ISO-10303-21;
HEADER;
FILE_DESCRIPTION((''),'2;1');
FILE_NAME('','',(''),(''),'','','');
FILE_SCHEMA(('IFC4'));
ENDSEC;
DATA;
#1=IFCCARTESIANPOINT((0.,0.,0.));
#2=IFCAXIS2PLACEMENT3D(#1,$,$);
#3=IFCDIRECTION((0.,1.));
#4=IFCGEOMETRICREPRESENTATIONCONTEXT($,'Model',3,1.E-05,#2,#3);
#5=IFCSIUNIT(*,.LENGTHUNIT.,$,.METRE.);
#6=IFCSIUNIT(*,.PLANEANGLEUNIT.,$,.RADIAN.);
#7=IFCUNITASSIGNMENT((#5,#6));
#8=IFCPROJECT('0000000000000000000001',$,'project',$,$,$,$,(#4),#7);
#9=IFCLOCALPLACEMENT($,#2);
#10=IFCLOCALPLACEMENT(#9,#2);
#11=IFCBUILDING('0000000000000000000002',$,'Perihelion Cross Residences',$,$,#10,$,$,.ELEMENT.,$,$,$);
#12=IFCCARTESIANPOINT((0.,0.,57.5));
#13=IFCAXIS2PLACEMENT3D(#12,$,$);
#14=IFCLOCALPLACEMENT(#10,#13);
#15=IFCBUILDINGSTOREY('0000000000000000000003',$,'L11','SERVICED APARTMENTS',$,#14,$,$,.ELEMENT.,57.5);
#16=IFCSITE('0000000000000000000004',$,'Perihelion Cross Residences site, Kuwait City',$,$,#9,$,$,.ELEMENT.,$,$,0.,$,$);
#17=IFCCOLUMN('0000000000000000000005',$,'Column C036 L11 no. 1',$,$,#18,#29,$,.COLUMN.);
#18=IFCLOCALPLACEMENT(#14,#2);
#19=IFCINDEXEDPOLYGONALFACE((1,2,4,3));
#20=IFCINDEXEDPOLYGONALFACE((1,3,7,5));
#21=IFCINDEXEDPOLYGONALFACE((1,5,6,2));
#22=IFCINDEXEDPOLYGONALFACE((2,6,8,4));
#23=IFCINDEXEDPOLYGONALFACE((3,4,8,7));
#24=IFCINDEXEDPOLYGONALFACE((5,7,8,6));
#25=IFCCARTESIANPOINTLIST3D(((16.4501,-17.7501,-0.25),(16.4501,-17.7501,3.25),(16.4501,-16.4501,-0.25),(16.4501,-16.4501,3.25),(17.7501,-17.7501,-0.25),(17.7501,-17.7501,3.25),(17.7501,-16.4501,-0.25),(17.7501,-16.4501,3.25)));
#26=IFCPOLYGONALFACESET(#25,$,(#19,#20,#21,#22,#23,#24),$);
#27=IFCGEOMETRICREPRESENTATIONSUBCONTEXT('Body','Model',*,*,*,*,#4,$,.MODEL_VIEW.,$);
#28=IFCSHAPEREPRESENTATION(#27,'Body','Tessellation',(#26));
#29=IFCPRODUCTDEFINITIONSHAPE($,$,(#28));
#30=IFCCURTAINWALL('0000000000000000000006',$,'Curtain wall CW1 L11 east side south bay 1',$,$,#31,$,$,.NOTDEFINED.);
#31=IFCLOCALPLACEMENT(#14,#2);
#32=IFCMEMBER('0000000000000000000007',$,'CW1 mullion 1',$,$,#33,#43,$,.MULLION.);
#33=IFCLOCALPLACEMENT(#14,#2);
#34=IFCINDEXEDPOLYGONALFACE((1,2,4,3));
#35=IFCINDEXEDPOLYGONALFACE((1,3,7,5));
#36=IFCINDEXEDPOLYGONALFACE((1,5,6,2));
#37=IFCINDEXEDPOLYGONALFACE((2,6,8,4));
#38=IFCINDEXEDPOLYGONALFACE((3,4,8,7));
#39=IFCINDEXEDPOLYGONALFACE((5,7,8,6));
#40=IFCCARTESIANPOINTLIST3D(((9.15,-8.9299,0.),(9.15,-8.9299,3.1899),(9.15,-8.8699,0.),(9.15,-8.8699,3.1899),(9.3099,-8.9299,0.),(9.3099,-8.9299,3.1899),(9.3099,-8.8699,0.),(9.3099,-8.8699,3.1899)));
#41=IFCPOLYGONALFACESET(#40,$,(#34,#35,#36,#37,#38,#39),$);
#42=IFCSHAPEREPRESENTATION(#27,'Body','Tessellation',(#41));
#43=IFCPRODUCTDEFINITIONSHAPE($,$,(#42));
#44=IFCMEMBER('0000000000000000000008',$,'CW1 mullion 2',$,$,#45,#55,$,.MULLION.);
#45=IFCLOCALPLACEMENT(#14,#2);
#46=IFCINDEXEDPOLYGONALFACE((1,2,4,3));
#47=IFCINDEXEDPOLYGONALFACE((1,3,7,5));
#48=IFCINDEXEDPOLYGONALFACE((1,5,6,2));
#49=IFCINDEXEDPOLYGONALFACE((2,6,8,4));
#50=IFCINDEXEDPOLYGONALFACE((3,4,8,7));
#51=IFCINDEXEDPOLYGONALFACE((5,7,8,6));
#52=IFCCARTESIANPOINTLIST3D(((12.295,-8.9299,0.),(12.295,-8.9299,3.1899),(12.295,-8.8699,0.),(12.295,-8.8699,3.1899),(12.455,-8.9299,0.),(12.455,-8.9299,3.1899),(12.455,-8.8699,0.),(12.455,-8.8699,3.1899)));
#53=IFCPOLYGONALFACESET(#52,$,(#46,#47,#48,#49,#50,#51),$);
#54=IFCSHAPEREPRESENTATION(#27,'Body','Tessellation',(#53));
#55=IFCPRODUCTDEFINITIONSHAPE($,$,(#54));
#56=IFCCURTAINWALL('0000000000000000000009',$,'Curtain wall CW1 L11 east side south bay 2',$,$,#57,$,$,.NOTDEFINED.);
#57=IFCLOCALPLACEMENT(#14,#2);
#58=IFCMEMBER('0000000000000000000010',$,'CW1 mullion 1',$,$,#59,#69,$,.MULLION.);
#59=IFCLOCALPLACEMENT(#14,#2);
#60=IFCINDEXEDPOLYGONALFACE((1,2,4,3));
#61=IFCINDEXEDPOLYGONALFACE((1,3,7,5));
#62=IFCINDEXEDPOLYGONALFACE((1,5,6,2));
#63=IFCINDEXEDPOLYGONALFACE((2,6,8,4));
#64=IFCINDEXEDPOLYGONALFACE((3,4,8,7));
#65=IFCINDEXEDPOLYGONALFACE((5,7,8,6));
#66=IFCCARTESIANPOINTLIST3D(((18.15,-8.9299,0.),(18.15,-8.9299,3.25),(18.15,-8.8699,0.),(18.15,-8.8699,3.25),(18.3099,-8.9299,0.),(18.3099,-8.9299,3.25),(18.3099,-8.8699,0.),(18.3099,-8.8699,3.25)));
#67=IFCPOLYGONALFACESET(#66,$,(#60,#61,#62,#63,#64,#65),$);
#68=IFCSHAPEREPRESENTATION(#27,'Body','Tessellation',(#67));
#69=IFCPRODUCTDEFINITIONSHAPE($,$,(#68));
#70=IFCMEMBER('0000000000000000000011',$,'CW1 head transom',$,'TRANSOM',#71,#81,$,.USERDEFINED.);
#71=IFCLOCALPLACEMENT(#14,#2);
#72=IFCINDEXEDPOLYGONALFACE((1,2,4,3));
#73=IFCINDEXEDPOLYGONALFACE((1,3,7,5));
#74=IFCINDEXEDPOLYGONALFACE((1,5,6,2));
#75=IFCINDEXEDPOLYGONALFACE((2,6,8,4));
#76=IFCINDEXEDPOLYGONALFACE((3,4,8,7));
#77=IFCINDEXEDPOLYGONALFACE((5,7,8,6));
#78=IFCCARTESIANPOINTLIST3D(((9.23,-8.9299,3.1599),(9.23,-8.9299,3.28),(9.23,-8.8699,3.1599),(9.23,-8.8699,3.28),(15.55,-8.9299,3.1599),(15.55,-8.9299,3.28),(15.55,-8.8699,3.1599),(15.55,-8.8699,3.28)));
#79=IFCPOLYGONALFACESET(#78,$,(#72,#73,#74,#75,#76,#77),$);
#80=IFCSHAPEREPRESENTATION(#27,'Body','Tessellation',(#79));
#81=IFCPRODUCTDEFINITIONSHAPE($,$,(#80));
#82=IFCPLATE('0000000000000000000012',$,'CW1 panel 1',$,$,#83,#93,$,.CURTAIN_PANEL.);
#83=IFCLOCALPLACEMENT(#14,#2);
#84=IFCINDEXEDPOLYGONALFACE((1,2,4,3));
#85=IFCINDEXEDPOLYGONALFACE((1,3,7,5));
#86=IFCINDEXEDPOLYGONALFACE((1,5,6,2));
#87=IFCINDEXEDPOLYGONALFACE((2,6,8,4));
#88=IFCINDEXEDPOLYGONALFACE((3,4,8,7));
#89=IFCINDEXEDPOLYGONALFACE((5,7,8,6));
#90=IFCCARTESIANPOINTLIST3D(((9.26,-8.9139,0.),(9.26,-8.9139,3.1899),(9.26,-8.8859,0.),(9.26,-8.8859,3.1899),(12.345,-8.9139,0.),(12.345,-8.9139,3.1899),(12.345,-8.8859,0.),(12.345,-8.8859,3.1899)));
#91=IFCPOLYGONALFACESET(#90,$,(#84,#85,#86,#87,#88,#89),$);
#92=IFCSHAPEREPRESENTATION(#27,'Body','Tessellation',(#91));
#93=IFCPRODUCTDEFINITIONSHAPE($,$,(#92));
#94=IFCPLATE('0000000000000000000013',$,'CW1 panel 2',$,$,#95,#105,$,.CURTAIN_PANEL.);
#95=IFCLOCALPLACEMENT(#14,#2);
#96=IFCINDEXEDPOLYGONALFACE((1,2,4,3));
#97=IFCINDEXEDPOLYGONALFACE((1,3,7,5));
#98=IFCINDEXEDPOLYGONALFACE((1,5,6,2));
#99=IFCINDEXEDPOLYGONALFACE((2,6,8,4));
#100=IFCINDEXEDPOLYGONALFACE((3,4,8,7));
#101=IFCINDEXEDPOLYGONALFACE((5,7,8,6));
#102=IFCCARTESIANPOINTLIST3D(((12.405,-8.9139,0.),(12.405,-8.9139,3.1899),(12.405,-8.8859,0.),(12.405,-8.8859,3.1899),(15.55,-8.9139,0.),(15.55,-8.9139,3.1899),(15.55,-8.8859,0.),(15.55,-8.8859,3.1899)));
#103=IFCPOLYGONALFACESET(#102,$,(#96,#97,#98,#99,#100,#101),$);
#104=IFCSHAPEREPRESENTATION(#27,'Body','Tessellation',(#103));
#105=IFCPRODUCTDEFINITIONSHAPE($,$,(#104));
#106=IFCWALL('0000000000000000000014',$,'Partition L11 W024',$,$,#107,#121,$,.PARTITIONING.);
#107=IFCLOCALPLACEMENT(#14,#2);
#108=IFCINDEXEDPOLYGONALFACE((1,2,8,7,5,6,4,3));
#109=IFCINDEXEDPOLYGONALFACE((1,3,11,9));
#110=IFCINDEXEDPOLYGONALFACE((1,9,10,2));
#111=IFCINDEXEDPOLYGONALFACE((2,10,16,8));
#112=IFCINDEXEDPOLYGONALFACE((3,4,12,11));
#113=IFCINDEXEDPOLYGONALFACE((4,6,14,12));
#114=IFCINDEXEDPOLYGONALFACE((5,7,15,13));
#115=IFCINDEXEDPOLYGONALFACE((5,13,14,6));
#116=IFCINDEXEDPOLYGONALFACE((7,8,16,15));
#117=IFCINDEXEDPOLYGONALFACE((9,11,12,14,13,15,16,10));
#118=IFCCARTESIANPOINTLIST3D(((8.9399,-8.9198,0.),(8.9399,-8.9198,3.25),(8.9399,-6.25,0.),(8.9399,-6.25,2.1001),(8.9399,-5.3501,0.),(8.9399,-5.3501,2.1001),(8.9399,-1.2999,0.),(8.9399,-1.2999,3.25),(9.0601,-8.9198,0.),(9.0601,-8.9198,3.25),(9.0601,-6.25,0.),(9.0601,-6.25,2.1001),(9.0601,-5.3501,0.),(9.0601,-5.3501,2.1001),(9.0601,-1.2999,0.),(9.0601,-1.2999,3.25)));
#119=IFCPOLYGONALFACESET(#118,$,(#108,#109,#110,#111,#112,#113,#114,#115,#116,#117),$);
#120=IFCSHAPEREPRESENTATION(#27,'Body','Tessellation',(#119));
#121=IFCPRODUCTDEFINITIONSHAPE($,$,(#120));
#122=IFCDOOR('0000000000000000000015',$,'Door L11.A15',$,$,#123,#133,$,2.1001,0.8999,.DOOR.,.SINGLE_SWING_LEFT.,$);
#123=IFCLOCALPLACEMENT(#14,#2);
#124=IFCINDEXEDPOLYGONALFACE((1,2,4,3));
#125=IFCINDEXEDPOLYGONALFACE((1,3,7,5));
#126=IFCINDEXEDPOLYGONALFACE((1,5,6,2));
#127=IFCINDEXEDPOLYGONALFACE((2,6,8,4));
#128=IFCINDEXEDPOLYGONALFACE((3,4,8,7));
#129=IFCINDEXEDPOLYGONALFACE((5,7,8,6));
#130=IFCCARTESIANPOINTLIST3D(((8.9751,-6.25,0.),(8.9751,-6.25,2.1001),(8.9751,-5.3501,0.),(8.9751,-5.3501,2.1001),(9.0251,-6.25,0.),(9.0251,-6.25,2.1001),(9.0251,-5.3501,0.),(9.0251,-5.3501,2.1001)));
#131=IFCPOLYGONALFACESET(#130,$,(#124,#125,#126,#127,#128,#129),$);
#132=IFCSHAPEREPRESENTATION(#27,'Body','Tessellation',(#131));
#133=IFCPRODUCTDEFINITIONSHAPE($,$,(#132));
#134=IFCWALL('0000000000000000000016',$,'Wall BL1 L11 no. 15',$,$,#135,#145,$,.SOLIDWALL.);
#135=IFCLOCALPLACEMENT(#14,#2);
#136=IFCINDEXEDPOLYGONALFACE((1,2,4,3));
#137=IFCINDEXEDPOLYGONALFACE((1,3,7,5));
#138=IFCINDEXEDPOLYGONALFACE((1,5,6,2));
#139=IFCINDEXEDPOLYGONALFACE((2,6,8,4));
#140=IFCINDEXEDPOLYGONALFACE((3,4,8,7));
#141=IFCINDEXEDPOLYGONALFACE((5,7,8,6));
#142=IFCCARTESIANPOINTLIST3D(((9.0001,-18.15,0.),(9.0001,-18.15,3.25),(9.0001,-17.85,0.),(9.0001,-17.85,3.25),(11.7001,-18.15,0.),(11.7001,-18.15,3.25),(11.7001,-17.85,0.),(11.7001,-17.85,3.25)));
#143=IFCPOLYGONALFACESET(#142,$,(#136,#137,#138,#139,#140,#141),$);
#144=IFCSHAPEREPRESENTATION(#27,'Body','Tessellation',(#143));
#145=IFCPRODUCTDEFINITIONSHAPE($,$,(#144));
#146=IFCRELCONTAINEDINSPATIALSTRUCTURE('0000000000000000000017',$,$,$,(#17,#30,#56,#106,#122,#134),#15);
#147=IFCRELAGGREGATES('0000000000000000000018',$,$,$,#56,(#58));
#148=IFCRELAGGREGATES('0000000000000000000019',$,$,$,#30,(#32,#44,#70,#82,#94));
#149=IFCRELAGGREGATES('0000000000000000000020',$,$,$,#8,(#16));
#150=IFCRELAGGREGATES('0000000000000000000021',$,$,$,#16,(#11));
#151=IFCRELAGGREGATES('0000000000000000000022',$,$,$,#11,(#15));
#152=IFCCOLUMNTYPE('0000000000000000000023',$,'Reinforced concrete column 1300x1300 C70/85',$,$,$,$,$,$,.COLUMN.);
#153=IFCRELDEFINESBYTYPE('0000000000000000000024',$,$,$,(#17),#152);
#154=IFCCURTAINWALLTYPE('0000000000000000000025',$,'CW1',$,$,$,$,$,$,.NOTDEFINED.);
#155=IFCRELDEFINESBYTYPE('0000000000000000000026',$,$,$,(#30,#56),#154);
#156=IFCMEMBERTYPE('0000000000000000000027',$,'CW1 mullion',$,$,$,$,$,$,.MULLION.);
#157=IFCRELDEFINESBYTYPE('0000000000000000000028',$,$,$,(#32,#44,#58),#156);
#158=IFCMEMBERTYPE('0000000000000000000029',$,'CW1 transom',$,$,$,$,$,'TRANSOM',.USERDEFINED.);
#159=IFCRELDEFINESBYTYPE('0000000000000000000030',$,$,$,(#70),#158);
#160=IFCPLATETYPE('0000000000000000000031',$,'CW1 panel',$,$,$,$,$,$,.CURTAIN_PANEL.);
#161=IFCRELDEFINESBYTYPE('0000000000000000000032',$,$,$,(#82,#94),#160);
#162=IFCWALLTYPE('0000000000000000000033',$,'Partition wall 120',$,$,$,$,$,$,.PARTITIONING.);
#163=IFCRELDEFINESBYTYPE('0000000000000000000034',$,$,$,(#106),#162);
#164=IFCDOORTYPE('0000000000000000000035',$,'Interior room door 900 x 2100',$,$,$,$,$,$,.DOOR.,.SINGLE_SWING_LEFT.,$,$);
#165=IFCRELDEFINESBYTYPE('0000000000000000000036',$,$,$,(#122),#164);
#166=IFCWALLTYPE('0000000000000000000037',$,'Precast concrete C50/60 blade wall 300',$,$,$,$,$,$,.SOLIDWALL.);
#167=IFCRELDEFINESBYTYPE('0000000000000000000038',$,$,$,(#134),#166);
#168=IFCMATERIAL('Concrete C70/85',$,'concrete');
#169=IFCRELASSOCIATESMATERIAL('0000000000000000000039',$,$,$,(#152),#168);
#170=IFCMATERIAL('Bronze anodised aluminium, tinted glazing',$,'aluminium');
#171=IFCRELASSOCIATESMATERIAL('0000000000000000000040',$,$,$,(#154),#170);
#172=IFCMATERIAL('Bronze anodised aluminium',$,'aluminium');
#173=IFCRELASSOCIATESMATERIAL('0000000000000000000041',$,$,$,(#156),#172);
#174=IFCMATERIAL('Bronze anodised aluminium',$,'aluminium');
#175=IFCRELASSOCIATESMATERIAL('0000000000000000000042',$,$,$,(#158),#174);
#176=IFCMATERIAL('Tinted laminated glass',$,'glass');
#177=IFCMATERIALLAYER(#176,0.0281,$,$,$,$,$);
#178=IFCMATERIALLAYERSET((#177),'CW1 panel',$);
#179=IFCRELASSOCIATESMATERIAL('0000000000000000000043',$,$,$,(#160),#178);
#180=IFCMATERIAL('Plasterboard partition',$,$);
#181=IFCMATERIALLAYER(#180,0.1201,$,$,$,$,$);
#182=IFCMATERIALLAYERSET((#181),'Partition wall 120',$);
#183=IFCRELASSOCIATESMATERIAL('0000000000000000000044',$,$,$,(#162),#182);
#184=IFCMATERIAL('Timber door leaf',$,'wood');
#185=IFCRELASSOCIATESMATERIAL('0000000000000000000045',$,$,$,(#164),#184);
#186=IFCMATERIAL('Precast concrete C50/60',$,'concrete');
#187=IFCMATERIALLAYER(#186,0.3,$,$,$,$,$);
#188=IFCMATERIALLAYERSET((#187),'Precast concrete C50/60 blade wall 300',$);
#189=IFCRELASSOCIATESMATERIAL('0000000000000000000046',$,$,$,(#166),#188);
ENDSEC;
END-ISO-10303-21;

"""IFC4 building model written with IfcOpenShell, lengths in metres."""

from ifc_helpers import new_model, si_unit, direction, frame, frame_2d, origin, origin_2d, place, context, subcontext, project, spatial, rectangle, extrude, material, layer, layer_set, material_profile, profile_set, type_object, element, fill, aggregate, save


model = new_model("IFC4")

# Units and contexts
model_context = context("Model", 3, precision=1e-05, world=origin(), true_north=direction((0.0, 1.0)))
body_context = subcontext(model_context, "Body", "Model", "MODEL_VIEW")
ifc_project = project(units=[si_unit("LENGTHUNIT", "METRE"), si_unit("PLANEANGLEUNIT", "RADIAN")], contexts=[model_context])

# Site, building, storey
site_placement = place(None, origin())
site = spatial("IfcSite", under=ifc_project, at=site_placement, Name="Perihelion Cross Residences site, Kuwait City", CompositionType="ELEMENT", RefElevation=0.0)
building_placement = place(site_placement, origin())
building = spatial("IfcBuilding", under=site, at=building_placement, Name="Perihelion Cross Residences", CompositionType="ELEMENT")
storey_placement = place(building_placement, frame((0.0, 0.0, 57.5)))
storey = spatial("IfcBuildingStorey", under=building, at=storey_placement, Name="L11", Description="SERVICED APARTMENTS", CompositionType="ELEMENT", Elevation=57.5)

# Column
ifc_material_1 = material(Name="Concrete C70/85", Category="concrete")
ifc_material_profile_1 = material_profile(ifc_material_1, rectangle(XDim=1.3, YDim=1.3, at=origin_2d()), Name="RC 1300x1300")
ifc_profile_set_1 = profile_set([ifc_material_profile_1], Name="Concrete C70/85")
column_type = type_object("IfcColumnType", Name="Reinforced concrete column 1300x1300 C70/85", PredefinedType="COLUMN", material=ifc_profile_set_1)
column_placement = place(storey_placement, frame((17.1001, -17.1001, -0.25), z_axis=(0.0, 0.0, 1.0), x_axis=(1.0, 0.0, 0.0)))
element("IfcColumn", 1, at=column_placement, inside=storey, type_object=column_type, Name="Column C036 L11 no. 1", PredefinedType="COLUMN", context=body_context, shape_type="SweptSolid", body=[
    extrude(rectangle(XDim=1.3, YDim=1.3, at=origin_2d()), origin(), (0.0, 0.0, 1.0), 3.5),
])

# Curtain wall, members
ifc_material_2 = material(Name="Bronze anodised aluminium, tinted glazing", Category="aluminium")
curtain_wall_type = type_object("IfcCurtainWallType", Name="CW1", PredefinedType="NOTDEFINED", material=ifc_material_2)
curtain_wall_1_placement = place(storey_placement, origin())
curtain_wall_1 = element("IfcCurtainWall", 2, at=curtain_wall_1_placement, inside=storey, type_object=curtain_wall_type, Name="Curtain wall CW1 L11 east side south bay 1", PredefinedType="NOTDEFINED")
ifc_material_3 = material(Name="Bronze anodised aluminium", Category="aluminium")
ifc_material_profile_2 = material_profile(ifc_material_3, rectangle(XDim=0.0601, YDim=0.1599, at=origin_2d()), Name="CW1 mullion")
ifc_profile_set_2 = profile_set([ifc_material_profile_2], Name="Bronze anodised aluminium")
member_type_1 = type_object("IfcMemberType", Name="CW1 mullion", PredefinedType="MULLION", material=ifc_profile_set_2)
member_1_placement = place(storey_placement, frame((9.23, -8.8999, 0.0), z_axis=(0.0, 0.0, 1.0), x_axis=(0.0, 1.0, 0.0)))
member_1 = element("IfcMember", 3, at=member_1_placement, type_object=member_type_1, Name="CW1 mullion 1", PredefinedType="MULLION", context=body_context, shape_type="SweptSolid", body=[
    extrude(rectangle(XDim=0.0601, YDim=0.1599, at=origin_2d()), origin(), (0.0, 0.0, 1.0), 3.1899),
])
member_2_placement = place(storey_placement, frame((12.375, -8.8999, 0.0), z_axis=(0.0, 0.0, 1.0), x_axis=(0.0, 1.0, 0.0)))
member_2 = element("IfcMember", 4, at=member_2_placement, type_object=member_type_1, Name="CW1 mullion 2", PredefinedType="MULLION", context=body_context, shape_type="SweptSolid", body=[
    extrude(rectangle(XDim=0.0601, YDim=0.1599, at=origin_2d()), origin(), (0.0, 0.0, 1.0), 3.1899),
])

# Curtain wall, member
curtain_wall_2_placement = place(storey_placement, origin())
curtain_wall_2 = element("IfcCurtainWall", 5, at=curtain_wall_2_placement, inside=storey, type_object=curtain_wall_type, Name="Curtain wall CW1 L11 east side south bay 2", PredefinedType="NOTDEFINED")
member_3_placement = place(storey_placement, frame((18.23, -8.8999, 0.0), z_axis=(0.0, 0.0, 1.0), x_axis=(0.0, 1.0, 0.0)))
member_3 = element("IfcMember", 6, at=member_3_placement, type_object=member_type_1, Name="CW1 mullion 1", PredefinedType="MULLION", context=body_context, shape_type="SweptSolid", body=[
    extrude(rectangle(XDim=0.0601, YDim=0.1599, at=origin_2d()), origin(), (0.0, 0.0, 1.0), 3.25),
])
aggregate(curtain_wall_2, [member_3])

# Member
ifc_material_4 = material(Name="Bronze anodised aluminium", Category="aluminium")
ifc_material_profile_3 = material_profile(ifc_material_4, rectangle(XDim=0.0601, YDim=0.1201, at=origin_2d()), Name="CW1 transom")
ifc_profile_set_3 = profile_set([ifc_material_profile_3], Name="Bronze anodised aluminium")
member_type_2 = type_object("IfcMemberType", Name="CW1 transom", ElementType="TRANSOM", PredefinedType="USERDEFINED", material=ifc_profile_set_3)
member_4_placement = place(storey_placement, frame((9.23, -8.8999, 3.22), z_axis=(1.0, 0.0, 0.0), x_axis=(0.0, 1.0, 0.0)))
member_4 = element("IfcMember", 7, at=member_4_placement, type_object=member_type_2, Name="CW1 head transom", ObjectType="TRANSOM", PredefinedType="USERDEFINED", context=body_context, shape_type="SweptSolid", body=[
    extrude(rectangle(XDim=0.0601, YDim=0.1201, at=origin_2d()), origin(), (0.0, 0.0, 1.0), 6.3201),
])

# Plates
ifc_material_5 = material(Name="Tinted laminated glass", Category="glass")
ifc_layer_1 = layer(ifc_material_5, 0.0281)
ifc_layer_set_1 = layer_set([ifc_layer_1], Name="CW1 panel")
plate_type = type_object("IfcPlateType", Name="CW1 panel", PredefinedType="CURTAIN_PANEL", material=ifc_layer_set_1)
plate_1_placement = place(storey_placement, frame((10.8025, -8.8999, 0.0), z_axis=(0.0, 0.0, 1.0), x_axis=(1.0, 0.0, 0.0)))
plate_1 = element("IfcPlate", 8, at=plate_1_placement, type_object=plate_type, Name="CW1 panel 1", PredefinedType="CURTAIN_PANEL", context=body_context, shape_type="SweptSolid", body=[
    extrude(rectangle(XDim=3.085, YDim=0.0281, at=origin_2d()), origin(), (0.0, 0.0, 1.0), 3.1899),
])
plate_2_placement = place(storey_placement, frame((13.9775, -8.8999, 0.0), z_axis=(0.0, 0.0, 1.0), x_axis=(1.0, 0.0, 0.0)))
plate_2 = element("IfcPlate", 9, at=plate_2_placement, type_object=plate_type, Name="CW1 panel 2", PredefinedType="CURTAIN_PANEL", context=body_context, shape_type="SweptSolid", body=[
    extrude(rectangle(XDim=3.145, YDim=0.0281, at=origin_2d()), origin(), (0.0, 0.0, 1.0), 3.1899),
])
aggregate(curtain_wall_1, [member_1, member_2, member_4, plate_1, plate_2])

# Wall, opening, door
ifc_material_6 = material(Name="Plasterboard partition")
ifc_layer_2 = layer(ifc_material_6, 0.1201)
ifc_layer_set_2 = layer_set([ifc_layer_2], Name="Partition wall 120")
wall_type_1 = type_object("IfcWallType", Name="Partition wall 120", PredefinedType="PARTITIONING", material=ifc_layer_set_2)
wall_1_placement = place(storey_placement, frame((9.0, -8.9199, 0.0), z_axis=(0.0, 0.0, 1.0), x_axis=(0.0, 1.0, 0.0)))
wall_1 = element("IfcWall", 10, at=wall_1_placement, inside=storey, type_object=wall_type_1, Name="Partition L11 W024", PredefinedType="PARTITIONING", context=body_context, shape_type="SweptSolid", body=[
    extrude(rectangle(XDim=7.6199, YDim=0.1201, at=frame_2d((3.8101, 0.0))), origin(), (0.0, 0.0, 1.0), 3.25),
])
opening_1_placement = place(wall_1_placement, frame((2.6699, 0.0, 0.0)))
opening_1 = element("IfcOpeningElement", 11, at=opening_1_placement, cuts=wall_1, PredefinedType="OPENING", context=body_context, shape_type="SweptSolid", body=[
    extrude(rectangle(XDim=0.8999, YDim=2.1001, at=frame_2d((0.45, 1.05))), frame((0.0, 0.0701, 0.0), z_axis=(0.0, -1.0, 0.0), x_axis=(1.0, 0.0, 0.0)), (0.0, 0.0, 1.0), 0.1401),
])
ifc_material_7 = material(Name="Timber door leaf", Category="wood")
door_type_1 = type_object("IfcDoorType", Name="Interior room door 900 x 2100", OperationType="SINGLE_SWING_LEFT", PredefinedType="DOOR", material=ifc_material_7)
door_1_placement = place(opening_1_placement, origin())
door_1 = element("IfcDoor", 12, at=door_1_placement, inside=storey, type_object=door_type_1, Name="Door L11.A15", OperationType="SINGLE_SWING_LEFT", OverallHeight=2.1001, OverallWidth=0.8999, PredefinedType="DOOR", context=body_context, shape_type="SweptSolid", body=[
    extrude(rectangle(XDim=0.8999, YDim=2.1001, at=frame_2d((0.45, 1.05))), frame((0.0, 0.0249, 0.0), z_axis=(0.0, -1.0, 0.0), x_axis=(1.0, 0.0, 0.0)), (0.0, 0.0, 1.0), 0.05),
])
fill(opening_1, door_1)

# Wall
ifc_material_8 = material(Name="Precast concrete C50/60", Category="concrete")
ifc_layer_3 = layer(ifc_material_8, 0.3)
ifc_layer_set_3 = layer_set([ifc_layer_3], Name="Precast concrete C50/60 blade wall 300")
wall_type_2 = type_object("IfcWallType", Name="Precast concrete C50/60 blade wall 300", PredefinedType="SOLIDWALL", material=ifc_layer_set_3)
wall_2_placement = place(storey_placement, frame((9.0, -18.0, 0.0), z_axis=(0.0, 0.0, 1.0), x_axis=(1.0, 0.0, 0.0)))
element("IfcWall", 13, at=wall_2_placement, inside=storey, type_object=wall_type_2, Name="Wall BL1 L11 no. 15", PredefinedType="SOLIDWALL", context=body_context, shape_type="SweptSolid", body=[
    extrude(rectangle(XDim=2.7, YDim=0.3, at=frame_2d((1.3501, 0.0))), origin(), (0.0, 0.0, 1.0), 3.25),
])

save(model, "model.ifc")
